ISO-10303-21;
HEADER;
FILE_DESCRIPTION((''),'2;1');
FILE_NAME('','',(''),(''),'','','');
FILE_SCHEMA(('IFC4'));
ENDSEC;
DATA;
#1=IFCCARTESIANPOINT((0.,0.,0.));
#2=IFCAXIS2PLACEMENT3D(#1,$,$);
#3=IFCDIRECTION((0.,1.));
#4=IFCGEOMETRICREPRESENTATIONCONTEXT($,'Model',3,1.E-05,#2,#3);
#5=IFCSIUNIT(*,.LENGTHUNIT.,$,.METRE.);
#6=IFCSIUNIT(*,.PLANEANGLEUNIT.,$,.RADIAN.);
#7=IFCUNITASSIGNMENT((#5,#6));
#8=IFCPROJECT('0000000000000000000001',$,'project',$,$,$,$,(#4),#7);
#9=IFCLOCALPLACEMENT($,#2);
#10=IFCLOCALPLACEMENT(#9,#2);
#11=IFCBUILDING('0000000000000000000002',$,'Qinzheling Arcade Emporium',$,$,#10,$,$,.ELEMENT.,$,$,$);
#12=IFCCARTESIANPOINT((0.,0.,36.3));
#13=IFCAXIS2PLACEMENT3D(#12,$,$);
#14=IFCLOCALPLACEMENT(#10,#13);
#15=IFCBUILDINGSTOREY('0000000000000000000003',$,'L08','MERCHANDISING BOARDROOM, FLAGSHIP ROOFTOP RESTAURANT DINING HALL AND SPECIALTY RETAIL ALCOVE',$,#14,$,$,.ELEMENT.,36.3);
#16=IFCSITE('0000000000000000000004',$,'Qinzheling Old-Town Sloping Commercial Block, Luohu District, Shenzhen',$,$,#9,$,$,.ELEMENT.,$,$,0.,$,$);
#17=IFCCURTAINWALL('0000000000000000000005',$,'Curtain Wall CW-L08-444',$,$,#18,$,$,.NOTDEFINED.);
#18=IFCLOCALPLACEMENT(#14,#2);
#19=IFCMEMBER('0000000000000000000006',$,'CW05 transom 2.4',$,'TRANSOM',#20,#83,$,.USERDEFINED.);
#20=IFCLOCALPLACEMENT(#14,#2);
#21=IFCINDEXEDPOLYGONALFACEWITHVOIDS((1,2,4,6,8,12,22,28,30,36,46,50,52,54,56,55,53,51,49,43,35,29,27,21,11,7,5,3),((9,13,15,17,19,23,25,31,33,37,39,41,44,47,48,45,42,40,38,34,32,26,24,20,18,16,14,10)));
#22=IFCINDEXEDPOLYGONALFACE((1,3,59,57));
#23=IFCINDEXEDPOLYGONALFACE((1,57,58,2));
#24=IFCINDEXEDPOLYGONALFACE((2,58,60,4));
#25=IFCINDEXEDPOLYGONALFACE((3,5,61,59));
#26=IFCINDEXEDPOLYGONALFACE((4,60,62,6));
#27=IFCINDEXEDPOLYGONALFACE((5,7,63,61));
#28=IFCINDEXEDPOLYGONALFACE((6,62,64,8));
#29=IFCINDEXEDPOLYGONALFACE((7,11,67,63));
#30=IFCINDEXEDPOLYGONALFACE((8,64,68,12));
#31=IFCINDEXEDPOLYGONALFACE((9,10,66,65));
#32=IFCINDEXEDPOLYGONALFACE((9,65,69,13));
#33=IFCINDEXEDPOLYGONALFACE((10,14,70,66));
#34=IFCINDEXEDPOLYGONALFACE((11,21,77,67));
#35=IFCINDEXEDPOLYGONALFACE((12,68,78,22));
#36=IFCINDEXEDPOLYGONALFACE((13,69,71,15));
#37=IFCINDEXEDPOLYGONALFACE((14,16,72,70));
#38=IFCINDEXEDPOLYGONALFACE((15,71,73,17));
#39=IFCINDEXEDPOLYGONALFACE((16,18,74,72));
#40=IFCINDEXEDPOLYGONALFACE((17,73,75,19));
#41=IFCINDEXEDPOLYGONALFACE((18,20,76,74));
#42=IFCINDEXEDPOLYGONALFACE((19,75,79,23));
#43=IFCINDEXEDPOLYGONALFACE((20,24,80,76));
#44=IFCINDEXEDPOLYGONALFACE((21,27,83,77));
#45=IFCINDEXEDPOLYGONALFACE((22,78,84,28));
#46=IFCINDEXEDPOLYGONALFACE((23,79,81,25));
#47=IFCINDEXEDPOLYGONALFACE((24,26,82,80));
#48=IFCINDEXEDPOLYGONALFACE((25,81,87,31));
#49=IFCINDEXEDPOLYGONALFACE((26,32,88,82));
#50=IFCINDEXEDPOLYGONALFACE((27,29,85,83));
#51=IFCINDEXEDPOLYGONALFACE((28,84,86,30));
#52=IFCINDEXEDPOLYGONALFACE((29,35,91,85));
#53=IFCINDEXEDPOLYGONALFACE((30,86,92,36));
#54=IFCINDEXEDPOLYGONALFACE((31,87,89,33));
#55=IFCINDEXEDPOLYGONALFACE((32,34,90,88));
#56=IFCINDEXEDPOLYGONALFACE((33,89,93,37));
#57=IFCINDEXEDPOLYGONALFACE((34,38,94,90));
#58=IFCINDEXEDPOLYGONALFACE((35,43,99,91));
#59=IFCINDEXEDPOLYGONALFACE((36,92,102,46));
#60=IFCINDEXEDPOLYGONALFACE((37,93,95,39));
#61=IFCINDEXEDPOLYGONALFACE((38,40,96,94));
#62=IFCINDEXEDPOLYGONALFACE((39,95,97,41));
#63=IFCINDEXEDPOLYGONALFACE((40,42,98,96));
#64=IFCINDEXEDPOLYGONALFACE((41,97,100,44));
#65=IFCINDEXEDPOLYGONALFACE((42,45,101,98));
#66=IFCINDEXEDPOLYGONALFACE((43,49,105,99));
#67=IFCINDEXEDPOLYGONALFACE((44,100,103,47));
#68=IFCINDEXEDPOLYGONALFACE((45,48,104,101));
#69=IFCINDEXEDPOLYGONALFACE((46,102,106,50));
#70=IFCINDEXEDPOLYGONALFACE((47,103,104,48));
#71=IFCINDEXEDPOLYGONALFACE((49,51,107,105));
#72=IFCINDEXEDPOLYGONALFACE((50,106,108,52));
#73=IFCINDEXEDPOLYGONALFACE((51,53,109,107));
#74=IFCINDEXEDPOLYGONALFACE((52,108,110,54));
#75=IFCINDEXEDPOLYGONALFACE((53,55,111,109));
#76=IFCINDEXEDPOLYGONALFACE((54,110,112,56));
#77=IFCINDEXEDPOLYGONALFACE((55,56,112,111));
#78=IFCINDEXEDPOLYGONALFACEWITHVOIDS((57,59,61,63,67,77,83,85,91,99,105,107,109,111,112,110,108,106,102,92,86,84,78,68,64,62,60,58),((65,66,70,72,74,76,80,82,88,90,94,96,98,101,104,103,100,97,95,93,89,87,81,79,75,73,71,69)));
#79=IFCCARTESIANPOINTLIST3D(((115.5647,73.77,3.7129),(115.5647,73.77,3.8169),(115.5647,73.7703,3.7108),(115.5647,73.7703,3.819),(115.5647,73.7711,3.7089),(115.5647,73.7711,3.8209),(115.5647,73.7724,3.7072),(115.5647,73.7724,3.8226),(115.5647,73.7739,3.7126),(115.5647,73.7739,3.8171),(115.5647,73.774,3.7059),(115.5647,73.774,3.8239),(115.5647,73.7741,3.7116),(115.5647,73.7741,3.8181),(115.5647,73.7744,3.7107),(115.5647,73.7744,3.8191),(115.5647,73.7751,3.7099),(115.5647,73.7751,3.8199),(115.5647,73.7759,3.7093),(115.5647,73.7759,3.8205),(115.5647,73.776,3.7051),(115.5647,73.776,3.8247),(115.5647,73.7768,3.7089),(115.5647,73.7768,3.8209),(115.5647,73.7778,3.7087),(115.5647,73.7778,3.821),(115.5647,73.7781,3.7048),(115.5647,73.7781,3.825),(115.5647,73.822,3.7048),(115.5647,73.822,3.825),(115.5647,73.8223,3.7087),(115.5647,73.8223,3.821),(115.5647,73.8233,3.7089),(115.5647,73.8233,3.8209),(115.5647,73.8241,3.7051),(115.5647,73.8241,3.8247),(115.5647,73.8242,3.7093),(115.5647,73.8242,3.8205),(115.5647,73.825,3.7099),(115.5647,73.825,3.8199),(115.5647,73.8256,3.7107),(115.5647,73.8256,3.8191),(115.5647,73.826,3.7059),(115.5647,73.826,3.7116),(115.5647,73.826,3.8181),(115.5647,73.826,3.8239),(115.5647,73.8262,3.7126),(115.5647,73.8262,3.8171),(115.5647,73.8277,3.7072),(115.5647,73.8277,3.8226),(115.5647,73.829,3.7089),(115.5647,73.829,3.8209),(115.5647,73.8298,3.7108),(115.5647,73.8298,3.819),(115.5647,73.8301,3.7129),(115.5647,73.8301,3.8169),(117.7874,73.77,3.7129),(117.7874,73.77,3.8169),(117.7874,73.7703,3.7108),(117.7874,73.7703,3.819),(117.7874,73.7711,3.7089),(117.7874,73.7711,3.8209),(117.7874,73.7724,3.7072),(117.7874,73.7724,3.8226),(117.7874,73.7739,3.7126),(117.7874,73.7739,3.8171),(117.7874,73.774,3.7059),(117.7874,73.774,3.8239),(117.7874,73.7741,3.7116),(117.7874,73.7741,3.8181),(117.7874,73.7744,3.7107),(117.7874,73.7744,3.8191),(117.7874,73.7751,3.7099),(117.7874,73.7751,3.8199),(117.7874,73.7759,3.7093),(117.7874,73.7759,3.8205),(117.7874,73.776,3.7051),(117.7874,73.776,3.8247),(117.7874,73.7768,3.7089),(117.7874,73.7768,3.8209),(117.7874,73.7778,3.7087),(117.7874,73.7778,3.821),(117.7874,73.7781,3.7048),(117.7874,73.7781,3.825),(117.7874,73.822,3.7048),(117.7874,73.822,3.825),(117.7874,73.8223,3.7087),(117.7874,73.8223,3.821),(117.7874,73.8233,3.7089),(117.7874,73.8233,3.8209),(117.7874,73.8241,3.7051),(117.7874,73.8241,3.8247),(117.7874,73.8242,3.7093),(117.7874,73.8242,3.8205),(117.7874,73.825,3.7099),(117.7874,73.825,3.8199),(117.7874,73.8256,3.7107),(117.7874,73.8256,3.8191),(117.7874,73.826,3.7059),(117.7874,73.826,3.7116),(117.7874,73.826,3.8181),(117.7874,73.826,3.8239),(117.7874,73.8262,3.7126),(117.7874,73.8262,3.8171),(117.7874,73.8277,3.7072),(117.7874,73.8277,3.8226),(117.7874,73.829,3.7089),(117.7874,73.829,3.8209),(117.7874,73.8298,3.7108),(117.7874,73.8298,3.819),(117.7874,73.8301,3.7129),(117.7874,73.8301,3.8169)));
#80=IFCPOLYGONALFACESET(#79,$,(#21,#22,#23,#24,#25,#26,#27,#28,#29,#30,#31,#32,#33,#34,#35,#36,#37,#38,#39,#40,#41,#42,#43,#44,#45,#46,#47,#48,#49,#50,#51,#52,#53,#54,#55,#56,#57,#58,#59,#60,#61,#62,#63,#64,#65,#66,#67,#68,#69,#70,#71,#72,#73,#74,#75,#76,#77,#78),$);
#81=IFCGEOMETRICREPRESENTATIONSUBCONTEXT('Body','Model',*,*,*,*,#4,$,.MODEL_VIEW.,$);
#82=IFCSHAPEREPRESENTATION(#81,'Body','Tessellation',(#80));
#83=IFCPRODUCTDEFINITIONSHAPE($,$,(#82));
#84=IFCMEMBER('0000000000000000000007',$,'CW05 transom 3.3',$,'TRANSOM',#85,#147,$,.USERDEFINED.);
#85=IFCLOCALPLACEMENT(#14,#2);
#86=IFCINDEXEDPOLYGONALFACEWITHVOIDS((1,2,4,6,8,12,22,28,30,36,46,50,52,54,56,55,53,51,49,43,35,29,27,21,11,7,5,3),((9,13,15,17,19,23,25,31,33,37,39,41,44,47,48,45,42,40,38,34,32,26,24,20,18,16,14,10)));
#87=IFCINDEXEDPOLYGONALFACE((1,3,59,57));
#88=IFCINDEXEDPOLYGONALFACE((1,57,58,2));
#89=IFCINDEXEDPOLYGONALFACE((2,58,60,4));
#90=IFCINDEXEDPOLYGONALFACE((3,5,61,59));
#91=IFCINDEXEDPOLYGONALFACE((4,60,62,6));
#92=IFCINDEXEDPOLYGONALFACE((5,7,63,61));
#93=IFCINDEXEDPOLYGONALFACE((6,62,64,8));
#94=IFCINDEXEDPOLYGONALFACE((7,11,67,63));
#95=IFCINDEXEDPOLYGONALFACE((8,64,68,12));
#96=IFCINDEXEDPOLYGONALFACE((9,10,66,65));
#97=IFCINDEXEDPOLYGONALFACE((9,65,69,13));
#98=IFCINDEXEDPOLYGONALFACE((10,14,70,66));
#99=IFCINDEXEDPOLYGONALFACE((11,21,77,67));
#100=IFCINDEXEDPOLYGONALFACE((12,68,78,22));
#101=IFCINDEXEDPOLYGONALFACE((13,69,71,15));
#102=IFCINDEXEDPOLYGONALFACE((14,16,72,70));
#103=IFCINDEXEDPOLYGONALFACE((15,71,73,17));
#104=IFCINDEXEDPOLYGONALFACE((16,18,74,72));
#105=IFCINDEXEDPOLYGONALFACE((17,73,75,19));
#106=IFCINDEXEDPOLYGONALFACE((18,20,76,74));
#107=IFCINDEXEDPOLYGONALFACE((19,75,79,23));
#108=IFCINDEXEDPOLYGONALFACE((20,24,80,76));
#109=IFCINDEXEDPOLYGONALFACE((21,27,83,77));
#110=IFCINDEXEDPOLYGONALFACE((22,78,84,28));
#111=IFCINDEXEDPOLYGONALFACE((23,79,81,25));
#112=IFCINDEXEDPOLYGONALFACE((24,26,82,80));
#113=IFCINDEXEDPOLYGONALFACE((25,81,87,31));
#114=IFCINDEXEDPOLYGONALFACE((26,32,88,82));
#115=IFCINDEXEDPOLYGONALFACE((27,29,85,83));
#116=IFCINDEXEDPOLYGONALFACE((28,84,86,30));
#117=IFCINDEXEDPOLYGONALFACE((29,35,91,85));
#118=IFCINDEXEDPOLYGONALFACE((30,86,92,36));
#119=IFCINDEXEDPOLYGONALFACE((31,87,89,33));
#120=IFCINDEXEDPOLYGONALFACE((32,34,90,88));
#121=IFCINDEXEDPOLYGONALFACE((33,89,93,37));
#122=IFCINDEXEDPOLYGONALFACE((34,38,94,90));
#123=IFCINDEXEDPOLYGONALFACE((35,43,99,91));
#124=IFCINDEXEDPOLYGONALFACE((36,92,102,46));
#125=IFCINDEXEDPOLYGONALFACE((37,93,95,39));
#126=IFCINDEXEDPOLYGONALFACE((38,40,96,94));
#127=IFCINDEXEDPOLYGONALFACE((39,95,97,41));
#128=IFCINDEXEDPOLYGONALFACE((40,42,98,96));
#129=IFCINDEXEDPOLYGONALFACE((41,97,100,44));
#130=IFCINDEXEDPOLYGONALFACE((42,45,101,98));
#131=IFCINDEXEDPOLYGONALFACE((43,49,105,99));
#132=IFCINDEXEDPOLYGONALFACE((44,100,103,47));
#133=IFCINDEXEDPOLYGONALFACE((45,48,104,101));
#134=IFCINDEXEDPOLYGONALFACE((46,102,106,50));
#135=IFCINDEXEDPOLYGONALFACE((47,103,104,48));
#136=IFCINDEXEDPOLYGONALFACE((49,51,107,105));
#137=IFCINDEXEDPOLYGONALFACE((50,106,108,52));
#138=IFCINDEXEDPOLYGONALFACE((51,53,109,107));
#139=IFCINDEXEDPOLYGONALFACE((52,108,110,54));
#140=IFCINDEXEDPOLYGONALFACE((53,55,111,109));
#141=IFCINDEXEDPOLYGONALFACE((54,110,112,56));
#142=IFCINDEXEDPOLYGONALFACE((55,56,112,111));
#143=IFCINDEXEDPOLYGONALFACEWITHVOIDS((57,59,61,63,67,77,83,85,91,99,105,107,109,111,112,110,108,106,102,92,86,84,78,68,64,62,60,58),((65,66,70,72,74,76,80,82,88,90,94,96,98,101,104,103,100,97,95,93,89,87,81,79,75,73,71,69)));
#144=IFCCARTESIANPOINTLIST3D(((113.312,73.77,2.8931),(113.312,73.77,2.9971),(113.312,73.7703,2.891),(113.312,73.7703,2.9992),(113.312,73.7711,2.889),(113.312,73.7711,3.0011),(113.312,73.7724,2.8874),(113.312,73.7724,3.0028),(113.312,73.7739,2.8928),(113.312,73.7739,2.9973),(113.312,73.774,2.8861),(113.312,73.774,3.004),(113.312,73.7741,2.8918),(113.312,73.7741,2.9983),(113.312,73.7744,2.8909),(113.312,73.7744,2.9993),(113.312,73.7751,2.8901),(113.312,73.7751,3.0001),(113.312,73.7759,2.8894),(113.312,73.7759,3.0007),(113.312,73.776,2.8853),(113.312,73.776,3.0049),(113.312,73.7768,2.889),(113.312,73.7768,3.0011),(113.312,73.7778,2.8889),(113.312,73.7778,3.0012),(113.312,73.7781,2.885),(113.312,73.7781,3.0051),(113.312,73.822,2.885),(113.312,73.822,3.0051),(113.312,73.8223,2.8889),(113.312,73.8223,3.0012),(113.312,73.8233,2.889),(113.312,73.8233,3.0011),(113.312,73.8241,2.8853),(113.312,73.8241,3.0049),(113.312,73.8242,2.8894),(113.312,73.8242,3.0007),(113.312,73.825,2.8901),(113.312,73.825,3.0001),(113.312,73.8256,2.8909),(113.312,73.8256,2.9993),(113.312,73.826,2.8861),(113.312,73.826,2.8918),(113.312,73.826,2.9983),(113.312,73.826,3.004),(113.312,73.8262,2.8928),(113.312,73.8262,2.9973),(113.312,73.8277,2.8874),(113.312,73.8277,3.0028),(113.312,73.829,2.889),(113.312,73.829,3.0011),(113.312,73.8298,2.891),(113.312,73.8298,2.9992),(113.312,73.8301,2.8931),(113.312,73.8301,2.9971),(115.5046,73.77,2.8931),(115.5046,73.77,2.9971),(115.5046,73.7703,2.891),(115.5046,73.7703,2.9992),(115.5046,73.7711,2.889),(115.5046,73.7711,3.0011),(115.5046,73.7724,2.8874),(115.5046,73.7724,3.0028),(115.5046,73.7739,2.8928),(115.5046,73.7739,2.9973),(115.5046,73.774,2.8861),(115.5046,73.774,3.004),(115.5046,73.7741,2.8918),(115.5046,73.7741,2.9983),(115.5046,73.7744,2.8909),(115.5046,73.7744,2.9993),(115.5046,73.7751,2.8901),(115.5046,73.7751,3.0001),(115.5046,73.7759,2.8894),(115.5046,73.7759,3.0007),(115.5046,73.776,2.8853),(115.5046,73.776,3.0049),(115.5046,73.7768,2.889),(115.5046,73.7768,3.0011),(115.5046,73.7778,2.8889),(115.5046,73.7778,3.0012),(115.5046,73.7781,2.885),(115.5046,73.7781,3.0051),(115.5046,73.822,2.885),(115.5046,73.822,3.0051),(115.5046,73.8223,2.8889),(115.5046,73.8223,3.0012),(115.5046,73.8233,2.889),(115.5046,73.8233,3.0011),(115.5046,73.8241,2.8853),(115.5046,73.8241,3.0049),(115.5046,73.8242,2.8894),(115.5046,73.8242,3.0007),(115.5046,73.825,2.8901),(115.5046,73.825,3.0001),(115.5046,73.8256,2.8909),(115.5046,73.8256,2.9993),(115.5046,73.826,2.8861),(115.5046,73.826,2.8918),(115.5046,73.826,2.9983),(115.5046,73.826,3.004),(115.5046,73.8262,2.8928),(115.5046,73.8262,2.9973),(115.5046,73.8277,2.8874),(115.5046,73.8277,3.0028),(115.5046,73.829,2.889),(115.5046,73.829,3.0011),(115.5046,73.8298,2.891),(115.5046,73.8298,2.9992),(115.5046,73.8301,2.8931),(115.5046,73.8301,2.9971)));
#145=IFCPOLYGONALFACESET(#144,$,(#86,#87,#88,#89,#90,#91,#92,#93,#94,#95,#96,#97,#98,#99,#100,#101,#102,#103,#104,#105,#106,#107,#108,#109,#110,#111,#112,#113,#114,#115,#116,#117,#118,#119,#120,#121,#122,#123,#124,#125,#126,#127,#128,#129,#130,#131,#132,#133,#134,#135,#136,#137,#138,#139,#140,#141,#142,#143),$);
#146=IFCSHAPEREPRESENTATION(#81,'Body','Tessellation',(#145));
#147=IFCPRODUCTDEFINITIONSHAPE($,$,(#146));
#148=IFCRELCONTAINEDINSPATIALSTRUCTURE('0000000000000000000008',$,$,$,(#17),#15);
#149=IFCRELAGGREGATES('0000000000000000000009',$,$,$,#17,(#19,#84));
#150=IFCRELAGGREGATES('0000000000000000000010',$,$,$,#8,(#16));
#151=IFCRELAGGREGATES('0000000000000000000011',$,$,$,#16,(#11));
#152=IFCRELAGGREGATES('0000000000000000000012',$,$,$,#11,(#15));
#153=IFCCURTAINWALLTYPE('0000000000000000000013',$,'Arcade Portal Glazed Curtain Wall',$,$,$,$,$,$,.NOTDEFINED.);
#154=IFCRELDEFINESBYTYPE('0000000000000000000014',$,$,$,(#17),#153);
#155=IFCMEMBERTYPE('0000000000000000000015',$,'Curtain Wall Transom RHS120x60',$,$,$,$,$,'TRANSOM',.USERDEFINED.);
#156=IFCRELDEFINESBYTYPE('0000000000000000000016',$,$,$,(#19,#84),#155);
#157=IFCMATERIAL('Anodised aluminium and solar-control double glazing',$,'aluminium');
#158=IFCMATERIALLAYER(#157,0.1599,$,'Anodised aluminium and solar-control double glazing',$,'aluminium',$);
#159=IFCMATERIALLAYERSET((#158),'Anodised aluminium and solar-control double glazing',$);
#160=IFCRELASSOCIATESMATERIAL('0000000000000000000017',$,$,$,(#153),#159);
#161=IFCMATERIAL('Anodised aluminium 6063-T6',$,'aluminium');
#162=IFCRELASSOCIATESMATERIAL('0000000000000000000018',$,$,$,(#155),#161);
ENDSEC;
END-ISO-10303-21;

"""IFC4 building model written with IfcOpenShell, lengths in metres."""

from ifc_helpers import new_model, si_unit, direction, frame, origin, origin_2d, place, context, subcontext, project, spatial, hollow_rectangle, extrude, material, layer, layer_set, material_profile, profile_set, type_object, element, aggregate, save


model = new_model("IFC4")

# Units and contexts
model_context = context("Model", 3, precision=1e-05, world=origin(), true_north=direction((0.0, 1.0)))
body_context = subcontext(model_context, "Body", "Model", "MODEL_VIEW")
ifc_project = project(units=[si_unit("LENGTHUNIT", "METRE"), si_unit("PLANEANGLEUNIT", "RADIAN")], contexts=[model_context])

# Site, building, storey
site_placement = place(None, origin())
site = spatial("IfcSite", under=ifc_project, at=site_placement, Name="Qinzheling Old-Town Sloping Commercial Block, Luohu District, Shenzhen", CompositionType="ELEMENT", RefElevation=0.0)
building_placement = place(site_placement, origin())
building = spatial("IfcBuilding", under=site, at=building_placement, Name="Qinzheling Arcade Emporium", CompositionType="ELEMENT")
storey_placement = place(building_placement, frame((0.0, 0.0, 36.3)))
storey = spatial("IfcBuildingStorey", under=building, at=storey_placement, Name="L08", Description="MERCHANDISING BOARDROOM, FLAGSHIP ROOFTOP RESTAURANT DINING HALL AND SPECIALTY RETAIL ALCOVE", CompositionType="ELEMENT", Elevation=36.3)

# Curtain wall, members
ifc_material_1 = material(Name="Anodised aluminium and solar-control double glazing", Category="aluminium")
ifc_layer_1 = layer(ifc_material_1, 0.1599, Name="Anodised aluminium and solar-control double glazing", Category="aluminium")
ifc_layer_set_1 = layer_set([ifc_layer_1], Name="Anodised aluminium and solar-control double glazing")
curtain_wall_type = type_object("IfcCurtainWallType", Name="Arcade Portal Glazed Curtain Wall", PredefinedType="NOTDEFINED", material=ifc_layer_set_1)
curtain_wall_placement = place(storey_placement, origin())
curtain_wall = element("IfcCurtainWall", 1, at=curtain_wall_placement, inside=storey, type_object=curtain_wall_type, Name="Curtain Wall CW-L08-444", PredefinedType="NOTDEFINED")
ifc_material_2 = material(Name="Anodised aluminium 6063-T6", Category="aluminium")
ifc_material_profile_1 = material_profile(ifc_material_2, hollow_rectangle(XDim=0.0601, YDim=0.1201, WallThickness=0.0039, InnerFilletRadius=0.0039, OuterFilletRadius=0.0081, at=origin_2d()), Name="RHS 120x60x4", Category="aluminium")
ifc_profile_set_1 = profile_set([ifc_material_profile_1], Name="Anodised aluminium 6063-T6")
member_type_1 = type_object("IfcMemberType", Name="Curtain Wall Transom RHS120x60", ElementType="TRANSOM", PredefinedType="USERDEFINED", material=ifc_profile_set_1)
member_1_placement = place(storey_placement, frame((117.7874, 73.8, 3.7649), z_axis=(-1.0, 0.0, 0.0), x_axis=(0.0, -1.0, 0.0)))
member_1 = element("IfcMember", 2, at=member_1_placement, type_object=member_type_1, Name="CW05 transom 2.4", ObjectType="TRANSOM", PredefinedType="USERDEFINED", context=body_context, shape_type="SweptSolid", body=[
    extrude(hollow_rectangle(XDim=0.0601, YDim=0.1201, WallThickness=0.0039, InnerFilletRadius=0.0039, OuterFilletRadius=0.0081, at=origin_2d()), origin(), (0.0, 0.0, 1.0), 2.2227),
])
member_2_placement = place(storey_placement, frame((115.5046, 73.8, 2.9451), z_axis=(-1.0, 0.0, 0.0), x_axis=(0.0, -1.0, 0.0)))
member_2 = element("IfcMember", 3, at=member_2_placement, type_object=member_type_1, Name="CW05 transom 3.3", ObjectType="TRANSOM", PredefinedType="USERDEFINED", context=body_context, shape_type="SweptSolid", body=[
    extrude(hollow_rectangle(XDim=0.0601, YDim=0.1201, WallThickness=0.0039, InnerFilletRadius=0.0039, OuterFilletRadius=0.0081, at=origin_2d()), origin(), (0.0, 0.0, 1.0), 2.1926),
])
aggregate(curtain_wall, [member_1, member_2])

save(model, "model.ifc")
